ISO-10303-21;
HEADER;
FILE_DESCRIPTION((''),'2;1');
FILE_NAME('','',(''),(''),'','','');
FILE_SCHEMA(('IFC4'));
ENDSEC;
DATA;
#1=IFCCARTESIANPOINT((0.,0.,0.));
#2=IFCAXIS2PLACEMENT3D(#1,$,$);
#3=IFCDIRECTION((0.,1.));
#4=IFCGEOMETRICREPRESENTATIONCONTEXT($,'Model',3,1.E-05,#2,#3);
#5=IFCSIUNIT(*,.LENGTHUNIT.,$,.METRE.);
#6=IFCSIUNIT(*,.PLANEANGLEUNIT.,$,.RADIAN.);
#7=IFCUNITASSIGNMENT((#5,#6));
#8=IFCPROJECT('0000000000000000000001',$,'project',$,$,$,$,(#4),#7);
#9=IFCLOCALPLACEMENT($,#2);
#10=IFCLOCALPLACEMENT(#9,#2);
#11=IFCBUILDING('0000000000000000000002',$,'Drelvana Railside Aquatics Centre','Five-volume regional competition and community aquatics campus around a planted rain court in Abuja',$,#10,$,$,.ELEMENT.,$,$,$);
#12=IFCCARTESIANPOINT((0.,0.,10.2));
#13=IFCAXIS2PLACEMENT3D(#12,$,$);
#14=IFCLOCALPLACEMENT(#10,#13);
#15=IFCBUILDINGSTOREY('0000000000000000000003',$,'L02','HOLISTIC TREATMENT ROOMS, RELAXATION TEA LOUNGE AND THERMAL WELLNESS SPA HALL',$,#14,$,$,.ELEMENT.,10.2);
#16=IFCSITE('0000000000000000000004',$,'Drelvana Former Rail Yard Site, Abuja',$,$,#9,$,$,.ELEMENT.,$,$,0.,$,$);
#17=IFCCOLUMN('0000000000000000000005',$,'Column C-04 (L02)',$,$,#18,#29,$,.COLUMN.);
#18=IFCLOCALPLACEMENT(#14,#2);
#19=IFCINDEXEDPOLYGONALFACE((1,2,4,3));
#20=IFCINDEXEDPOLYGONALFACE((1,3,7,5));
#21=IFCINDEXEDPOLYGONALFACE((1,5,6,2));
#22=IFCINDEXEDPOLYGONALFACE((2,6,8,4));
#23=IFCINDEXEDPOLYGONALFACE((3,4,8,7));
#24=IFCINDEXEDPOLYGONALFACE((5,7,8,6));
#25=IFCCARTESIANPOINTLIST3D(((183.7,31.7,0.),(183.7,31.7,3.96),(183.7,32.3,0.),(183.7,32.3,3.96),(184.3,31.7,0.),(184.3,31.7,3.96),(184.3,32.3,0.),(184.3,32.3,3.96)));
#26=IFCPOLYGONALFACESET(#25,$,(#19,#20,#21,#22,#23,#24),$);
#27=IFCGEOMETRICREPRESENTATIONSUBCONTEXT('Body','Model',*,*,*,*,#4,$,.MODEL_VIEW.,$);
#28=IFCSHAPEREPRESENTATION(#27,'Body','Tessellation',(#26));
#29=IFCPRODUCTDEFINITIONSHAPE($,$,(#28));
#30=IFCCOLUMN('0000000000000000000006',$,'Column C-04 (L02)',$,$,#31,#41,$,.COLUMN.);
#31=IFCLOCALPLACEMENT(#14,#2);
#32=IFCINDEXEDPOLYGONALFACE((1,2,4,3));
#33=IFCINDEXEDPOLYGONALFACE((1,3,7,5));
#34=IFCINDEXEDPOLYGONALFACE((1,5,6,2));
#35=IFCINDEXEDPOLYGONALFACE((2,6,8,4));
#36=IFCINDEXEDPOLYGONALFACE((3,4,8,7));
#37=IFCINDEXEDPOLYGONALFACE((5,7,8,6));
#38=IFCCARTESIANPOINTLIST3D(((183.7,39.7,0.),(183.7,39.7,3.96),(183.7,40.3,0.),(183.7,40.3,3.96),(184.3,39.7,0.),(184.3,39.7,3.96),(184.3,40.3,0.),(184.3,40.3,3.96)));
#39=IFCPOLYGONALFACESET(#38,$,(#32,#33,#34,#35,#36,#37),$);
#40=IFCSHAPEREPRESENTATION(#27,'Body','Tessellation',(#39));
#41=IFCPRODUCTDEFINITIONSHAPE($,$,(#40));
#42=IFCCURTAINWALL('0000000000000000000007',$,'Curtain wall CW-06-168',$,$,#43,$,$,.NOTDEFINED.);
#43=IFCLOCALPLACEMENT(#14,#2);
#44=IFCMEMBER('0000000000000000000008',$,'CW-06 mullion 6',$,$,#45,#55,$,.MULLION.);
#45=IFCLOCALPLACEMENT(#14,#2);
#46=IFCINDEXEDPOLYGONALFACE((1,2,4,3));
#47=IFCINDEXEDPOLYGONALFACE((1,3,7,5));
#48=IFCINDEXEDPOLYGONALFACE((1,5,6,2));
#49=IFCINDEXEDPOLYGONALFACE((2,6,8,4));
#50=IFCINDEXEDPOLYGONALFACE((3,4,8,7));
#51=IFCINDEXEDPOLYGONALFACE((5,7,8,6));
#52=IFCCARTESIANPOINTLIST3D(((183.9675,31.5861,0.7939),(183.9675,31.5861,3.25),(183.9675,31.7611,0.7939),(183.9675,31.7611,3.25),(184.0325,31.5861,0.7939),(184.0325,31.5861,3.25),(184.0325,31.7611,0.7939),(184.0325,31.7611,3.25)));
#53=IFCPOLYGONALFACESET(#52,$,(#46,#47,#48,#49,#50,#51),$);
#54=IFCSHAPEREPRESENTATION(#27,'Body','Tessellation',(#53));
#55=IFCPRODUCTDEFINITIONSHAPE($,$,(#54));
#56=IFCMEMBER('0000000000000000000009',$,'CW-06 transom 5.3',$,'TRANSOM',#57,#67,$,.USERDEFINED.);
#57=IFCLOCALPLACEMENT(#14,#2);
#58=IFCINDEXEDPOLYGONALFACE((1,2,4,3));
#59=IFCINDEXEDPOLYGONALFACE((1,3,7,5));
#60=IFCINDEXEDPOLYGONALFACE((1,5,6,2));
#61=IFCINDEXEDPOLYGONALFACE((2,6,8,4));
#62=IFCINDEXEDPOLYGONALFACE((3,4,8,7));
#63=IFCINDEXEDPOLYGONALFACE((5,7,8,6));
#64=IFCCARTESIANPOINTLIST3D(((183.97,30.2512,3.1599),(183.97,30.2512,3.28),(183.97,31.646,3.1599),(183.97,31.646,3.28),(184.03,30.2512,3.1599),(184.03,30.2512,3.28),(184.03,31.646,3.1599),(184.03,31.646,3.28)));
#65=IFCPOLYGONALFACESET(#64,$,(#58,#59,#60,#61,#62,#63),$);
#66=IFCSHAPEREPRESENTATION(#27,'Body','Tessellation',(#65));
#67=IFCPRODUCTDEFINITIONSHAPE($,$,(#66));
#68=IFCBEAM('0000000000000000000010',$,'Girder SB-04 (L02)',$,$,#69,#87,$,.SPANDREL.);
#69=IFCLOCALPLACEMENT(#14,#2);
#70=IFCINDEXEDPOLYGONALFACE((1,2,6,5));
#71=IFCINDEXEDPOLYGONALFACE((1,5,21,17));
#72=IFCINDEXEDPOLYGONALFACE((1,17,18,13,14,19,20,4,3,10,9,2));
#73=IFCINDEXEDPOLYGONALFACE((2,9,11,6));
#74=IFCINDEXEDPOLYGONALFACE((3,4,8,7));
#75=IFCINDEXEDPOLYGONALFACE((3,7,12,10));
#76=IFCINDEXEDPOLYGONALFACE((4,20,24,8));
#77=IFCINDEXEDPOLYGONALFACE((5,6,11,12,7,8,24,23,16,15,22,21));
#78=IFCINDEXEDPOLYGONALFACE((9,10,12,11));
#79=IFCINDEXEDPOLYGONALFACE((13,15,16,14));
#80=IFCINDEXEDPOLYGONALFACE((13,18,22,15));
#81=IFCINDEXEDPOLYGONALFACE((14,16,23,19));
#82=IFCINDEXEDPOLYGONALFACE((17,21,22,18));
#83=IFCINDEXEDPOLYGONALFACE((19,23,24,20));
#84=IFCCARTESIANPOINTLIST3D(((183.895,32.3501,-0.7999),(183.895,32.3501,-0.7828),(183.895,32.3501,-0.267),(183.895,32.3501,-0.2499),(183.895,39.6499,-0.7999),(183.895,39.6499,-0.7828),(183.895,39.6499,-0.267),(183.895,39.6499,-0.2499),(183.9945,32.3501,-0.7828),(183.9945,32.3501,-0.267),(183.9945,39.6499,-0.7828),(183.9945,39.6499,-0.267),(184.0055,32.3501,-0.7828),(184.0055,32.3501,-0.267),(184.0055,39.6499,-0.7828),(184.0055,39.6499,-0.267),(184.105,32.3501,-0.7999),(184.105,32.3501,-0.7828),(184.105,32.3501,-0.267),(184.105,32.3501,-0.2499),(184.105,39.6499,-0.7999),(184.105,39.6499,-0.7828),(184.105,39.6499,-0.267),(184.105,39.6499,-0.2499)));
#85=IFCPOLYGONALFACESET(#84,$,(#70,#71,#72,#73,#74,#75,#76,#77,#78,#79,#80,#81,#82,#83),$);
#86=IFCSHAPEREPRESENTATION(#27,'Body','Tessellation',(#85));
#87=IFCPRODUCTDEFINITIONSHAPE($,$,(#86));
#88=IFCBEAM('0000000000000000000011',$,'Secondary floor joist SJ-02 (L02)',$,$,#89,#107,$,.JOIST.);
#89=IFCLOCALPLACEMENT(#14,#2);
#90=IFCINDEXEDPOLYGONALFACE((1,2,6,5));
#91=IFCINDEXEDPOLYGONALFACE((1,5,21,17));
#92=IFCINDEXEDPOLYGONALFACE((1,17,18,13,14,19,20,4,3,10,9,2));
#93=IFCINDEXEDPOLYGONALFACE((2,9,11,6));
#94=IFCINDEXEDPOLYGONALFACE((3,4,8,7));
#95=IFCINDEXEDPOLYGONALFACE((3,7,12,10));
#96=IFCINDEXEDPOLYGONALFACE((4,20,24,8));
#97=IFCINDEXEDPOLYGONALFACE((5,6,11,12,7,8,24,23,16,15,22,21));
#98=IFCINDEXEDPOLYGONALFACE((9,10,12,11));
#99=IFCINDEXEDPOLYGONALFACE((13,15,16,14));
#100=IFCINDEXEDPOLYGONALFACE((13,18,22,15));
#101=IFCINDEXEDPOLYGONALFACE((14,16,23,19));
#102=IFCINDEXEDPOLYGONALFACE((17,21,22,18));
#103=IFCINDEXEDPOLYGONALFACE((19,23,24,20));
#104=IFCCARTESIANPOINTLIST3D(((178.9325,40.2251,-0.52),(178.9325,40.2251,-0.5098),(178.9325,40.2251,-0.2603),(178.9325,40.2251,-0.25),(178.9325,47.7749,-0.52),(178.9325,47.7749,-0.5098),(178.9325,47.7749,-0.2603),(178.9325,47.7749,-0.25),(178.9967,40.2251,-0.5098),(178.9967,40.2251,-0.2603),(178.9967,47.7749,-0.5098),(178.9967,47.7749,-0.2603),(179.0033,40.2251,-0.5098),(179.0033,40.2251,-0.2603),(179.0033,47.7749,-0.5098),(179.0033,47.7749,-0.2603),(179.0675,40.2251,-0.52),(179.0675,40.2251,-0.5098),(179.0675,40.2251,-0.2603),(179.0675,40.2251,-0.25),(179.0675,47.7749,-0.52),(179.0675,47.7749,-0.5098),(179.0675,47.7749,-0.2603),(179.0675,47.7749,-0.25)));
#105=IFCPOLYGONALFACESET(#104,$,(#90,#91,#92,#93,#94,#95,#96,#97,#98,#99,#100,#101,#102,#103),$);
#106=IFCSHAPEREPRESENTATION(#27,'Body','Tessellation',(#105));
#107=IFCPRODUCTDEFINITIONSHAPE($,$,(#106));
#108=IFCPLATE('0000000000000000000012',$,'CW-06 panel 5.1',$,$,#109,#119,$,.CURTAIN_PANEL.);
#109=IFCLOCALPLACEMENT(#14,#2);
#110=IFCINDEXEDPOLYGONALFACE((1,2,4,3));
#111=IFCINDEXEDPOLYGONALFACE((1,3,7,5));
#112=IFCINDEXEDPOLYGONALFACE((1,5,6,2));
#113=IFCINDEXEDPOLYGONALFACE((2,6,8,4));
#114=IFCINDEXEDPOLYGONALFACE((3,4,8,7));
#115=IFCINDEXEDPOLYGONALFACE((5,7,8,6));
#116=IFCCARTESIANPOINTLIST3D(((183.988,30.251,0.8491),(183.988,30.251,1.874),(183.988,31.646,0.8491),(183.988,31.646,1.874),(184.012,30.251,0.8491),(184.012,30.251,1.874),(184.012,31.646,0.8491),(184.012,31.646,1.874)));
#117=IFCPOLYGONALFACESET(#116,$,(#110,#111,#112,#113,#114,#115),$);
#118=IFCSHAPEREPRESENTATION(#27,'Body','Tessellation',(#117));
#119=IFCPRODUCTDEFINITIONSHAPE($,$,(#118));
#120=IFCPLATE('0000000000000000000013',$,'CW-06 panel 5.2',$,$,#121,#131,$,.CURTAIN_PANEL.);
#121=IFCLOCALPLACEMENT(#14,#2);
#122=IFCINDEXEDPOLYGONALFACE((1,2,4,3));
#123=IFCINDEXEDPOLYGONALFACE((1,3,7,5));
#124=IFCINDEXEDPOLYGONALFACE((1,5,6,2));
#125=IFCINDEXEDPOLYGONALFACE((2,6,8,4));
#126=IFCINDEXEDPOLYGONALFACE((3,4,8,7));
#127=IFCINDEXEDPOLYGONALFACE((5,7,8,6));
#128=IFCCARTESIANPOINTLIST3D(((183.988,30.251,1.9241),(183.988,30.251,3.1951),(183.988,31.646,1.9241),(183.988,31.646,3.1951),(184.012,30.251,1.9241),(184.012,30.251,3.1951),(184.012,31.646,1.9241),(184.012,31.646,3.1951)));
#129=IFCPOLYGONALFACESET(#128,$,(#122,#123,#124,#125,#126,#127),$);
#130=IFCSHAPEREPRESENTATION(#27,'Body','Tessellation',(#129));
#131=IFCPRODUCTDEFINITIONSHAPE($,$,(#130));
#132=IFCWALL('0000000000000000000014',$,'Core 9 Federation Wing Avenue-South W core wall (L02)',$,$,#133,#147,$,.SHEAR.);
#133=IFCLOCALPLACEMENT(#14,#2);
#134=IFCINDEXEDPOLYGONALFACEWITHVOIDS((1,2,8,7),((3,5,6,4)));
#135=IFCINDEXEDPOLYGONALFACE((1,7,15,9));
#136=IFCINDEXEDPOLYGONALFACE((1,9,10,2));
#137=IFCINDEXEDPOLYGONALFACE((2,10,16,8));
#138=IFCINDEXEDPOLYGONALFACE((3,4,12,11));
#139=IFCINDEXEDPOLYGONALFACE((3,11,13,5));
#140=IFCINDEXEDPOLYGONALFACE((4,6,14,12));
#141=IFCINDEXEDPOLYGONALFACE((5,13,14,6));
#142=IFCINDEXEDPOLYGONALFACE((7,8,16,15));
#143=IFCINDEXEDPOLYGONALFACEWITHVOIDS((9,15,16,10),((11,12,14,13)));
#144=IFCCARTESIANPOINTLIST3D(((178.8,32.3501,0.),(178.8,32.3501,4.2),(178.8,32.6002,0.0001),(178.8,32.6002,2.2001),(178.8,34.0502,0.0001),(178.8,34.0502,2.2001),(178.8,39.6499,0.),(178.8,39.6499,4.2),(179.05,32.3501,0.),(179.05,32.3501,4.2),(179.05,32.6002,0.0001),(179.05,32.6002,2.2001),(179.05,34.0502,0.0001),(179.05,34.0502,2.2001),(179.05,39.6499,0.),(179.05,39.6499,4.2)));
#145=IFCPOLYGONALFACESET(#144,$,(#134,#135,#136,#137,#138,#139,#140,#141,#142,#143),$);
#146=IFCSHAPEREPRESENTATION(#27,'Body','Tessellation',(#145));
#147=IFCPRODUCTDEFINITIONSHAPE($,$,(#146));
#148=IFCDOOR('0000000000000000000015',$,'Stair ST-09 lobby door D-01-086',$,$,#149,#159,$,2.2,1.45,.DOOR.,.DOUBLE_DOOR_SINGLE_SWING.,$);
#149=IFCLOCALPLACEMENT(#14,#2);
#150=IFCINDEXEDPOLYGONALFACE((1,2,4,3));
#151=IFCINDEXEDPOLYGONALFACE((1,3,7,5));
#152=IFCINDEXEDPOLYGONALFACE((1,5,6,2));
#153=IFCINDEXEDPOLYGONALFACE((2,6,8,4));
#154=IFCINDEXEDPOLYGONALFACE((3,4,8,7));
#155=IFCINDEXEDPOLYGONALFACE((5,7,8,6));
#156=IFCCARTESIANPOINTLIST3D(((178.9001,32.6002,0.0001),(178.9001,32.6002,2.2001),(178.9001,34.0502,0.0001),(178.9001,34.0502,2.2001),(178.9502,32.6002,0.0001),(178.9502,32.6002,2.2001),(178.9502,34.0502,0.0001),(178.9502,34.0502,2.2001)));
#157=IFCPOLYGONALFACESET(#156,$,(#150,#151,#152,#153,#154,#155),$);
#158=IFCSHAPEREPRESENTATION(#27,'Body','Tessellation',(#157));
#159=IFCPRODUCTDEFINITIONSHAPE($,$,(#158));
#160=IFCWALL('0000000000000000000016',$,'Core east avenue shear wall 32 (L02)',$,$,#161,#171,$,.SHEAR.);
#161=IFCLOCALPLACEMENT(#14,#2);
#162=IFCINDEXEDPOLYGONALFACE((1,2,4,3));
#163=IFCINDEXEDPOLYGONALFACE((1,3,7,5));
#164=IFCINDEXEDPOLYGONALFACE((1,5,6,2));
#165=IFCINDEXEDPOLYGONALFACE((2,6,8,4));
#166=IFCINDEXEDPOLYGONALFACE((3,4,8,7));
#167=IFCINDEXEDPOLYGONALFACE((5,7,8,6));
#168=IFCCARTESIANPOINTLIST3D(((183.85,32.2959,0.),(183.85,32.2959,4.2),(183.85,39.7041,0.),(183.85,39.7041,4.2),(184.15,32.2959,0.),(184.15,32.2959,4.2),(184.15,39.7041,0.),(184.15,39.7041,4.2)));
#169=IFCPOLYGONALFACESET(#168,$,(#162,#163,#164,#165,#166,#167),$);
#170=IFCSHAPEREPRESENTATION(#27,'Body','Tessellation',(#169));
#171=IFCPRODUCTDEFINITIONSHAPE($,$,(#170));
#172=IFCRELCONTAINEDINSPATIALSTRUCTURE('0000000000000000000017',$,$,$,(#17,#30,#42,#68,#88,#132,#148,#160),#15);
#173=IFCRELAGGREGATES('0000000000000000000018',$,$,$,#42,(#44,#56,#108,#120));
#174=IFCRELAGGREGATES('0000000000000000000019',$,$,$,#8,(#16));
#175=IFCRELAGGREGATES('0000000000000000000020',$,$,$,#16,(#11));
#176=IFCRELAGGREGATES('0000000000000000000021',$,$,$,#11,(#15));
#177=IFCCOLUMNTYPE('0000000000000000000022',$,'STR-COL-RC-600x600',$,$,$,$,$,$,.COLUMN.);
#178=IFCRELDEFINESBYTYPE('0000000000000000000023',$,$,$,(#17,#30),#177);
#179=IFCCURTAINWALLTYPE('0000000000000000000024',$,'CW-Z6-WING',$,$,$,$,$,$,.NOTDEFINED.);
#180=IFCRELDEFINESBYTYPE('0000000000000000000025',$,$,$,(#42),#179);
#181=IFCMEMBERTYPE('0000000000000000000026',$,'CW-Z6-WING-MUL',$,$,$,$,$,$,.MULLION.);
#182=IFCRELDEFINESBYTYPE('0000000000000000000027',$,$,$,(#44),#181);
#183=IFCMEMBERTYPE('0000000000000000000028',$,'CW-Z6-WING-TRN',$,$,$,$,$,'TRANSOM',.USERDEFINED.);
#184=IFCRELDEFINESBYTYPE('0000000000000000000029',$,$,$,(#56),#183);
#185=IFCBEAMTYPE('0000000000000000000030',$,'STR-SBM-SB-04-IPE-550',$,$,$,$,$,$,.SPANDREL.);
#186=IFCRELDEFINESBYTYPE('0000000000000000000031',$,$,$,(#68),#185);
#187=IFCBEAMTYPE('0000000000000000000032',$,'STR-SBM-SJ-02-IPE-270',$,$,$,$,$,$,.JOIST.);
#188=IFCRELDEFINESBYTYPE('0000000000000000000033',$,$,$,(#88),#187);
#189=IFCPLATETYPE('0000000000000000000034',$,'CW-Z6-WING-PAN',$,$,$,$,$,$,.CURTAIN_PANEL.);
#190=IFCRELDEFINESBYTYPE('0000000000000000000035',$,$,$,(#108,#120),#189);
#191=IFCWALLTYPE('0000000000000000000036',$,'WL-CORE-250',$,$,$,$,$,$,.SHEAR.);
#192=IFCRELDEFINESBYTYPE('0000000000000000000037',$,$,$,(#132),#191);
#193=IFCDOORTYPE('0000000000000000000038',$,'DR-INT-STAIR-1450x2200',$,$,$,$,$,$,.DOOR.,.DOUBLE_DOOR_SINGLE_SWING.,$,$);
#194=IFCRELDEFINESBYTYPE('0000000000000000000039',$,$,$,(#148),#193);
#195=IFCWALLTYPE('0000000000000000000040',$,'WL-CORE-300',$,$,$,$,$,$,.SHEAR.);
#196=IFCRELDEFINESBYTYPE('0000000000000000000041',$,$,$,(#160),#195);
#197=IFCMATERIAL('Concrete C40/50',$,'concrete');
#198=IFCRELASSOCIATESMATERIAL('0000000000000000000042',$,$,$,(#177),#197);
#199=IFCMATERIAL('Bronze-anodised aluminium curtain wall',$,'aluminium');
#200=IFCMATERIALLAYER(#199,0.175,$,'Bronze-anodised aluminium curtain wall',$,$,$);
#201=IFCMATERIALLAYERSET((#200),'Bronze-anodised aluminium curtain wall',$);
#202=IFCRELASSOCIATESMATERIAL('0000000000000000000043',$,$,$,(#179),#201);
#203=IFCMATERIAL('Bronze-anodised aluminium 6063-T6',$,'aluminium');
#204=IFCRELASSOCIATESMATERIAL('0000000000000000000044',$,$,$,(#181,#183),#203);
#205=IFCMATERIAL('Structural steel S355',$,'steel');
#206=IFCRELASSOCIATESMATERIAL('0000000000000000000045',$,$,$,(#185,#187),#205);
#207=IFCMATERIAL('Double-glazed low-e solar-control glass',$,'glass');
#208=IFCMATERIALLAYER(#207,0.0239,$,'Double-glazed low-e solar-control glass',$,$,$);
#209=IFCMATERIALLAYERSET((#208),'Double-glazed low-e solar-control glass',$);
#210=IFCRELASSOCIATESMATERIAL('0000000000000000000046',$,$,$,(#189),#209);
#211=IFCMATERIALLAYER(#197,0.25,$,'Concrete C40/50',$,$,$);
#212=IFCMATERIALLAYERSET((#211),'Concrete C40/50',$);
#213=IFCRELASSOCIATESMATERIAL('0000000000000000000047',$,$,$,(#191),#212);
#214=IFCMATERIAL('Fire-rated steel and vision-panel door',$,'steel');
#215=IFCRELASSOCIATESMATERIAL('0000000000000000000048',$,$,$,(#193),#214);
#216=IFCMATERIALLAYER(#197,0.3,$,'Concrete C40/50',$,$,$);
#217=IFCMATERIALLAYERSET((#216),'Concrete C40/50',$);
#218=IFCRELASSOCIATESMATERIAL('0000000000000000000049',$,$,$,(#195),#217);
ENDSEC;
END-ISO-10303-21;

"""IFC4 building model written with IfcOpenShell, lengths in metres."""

from ifc_helpers import new_model, si_unit, direction, frame, frame_2d, origin, origin_2d, place, context, subcontext, project, spatial, rectangle, i_section, extrude, material, layer, layer_set, material_profile, profile_set, type_object, element, fill, aggregate, save


model = new_model("IFC4")

# Units and contexts
model_context = context("Model", 3, precision=1e-05, world=origin(), true_north=direction((0.0, 1.0)))
body_context = subcontext(model_context, "Body", "Model", "MODEL_VIEW")
ifc_project = project(units=[si_unit("LENGTHUNIT", "METRE"), si_unit("PLANEANGLEUNIT", "RADIAN")], contexts=[model_context])

# Site, building, storey
site_placement = place(None, origin())
site = spatial("IfcSite", under=ifc_project, at=site_placement, Name="Drelvana Former Rail Yard Site, Abuja", CompositionType="ELEMENT", RefElevation=0.0)
building_placement = place(site_placement, origin())
building = spatial("IfcBuilding", under=site, at=building_placement, Name="Drelvana Railside Aquatics Centre", Description="Five-volume regional competition and community aquatics campus around a planted rain court in Abuja", CompositionType="ELEMENT")
storey_placement = place(building_placement, frame((0.0, 0.0, 10.2)))
storey = spatial("IfcBuildingStorey", under=building, at=storey_placement, Name="L02", Description="HOLISTIC TREATMENT ROOMS, RELAXATION TEA LOUNGE AND THERMAL WELLNESS SPA HALL", CompositionType="ELEMENT", Elevation=10.2)

# Columns
ifc_material_1 = material(Name="Concrete C40/50", Category="concrete")
ifc_material_profile_1 = material_profile(ifc_material_1, rectangle(XDim=0.6001, YDim=0.6001, at=origin_2d()), Name="RC 600x600")
ifc_profile_set_1 = profile_set([ifc_material_profile_1], Name="Concrete C40/50")
column_type = type_object("IfcColumnType", Name="STR-COL-RC-600x600", PredefinedType="COLUMN", material=ifc_profile_set_1)
for number, where, z_axis, x_axis, name in (
    (1, (184.0, 32.0, 0.0), (0.0, 0.0, 1.0), (1.0, 0.0, 0.0), "Column C-04 (L02)"),
    (2, (184.0, 40.0, 0.0), (0.0, 0.0, 1.0), (1.0, 0.0, 0.0), "Column C-04 (L02)"),
):
    element("IfcColumn", number, at=place(storey_placement, frame(where, z_axis=z_axis, x_axis=x_axis)), inside=storey, type_object=column_type, Name=name, PredefinedType="COLUMN", context=body_context, shape_type="SweptSolid", body=[
        extrude(rectangle(XDim=0.6001, YDim=0.6001, at=origin_2d()), origin(), (0.0, 0.0, 1.0), 3.96),
    ])

# Curtain wall, members
ifc_material_2 = material(Name="Bronze-anodised aluminium curtain wall", Category="aluminium")
ifc_layer_1 = layer(ifc_material_2, 0.175, Name="Bronze-anodised aluminium curtain wall")
ifc_layer_set_1 = layer_set([ifc_layer_1], Name="Bronze-anodised aluminium curtain wall")
curtain_wall_type = type_object("IfcCurtainWallType", Name="CW-Z6-WING", PredefinedType="NOTDEFINED", material=ifc_layer_set_1)
curtain_wall_placement = place(storey_placement, origin())
curtain_wall = element("IfcCurtainWall", 3, at=curtain_wall_placement, inside=storey, type_object=curtain_wall_type, Name="Curtain wall CW-06-168", PredefinedType="NOTDEFINED")
ifc_material_3 = material(Name="Bronze-anodised aluminium 6063-T6", Category="aluminium")
ifc_material_profile_2 = material_profile(ifc_material_3, rectangle(XDim=0.0649, YDim=0.175, at=origin_2d()), Name="ALU-M 65x175")
ifc_profile_set_2 = profile_set([ifc_material_profile_2], Name="Bronze-anodised aluminium 6063-T6")
member_type_1 = type_object("IfcMemberType", Name="CW-Z6-WING-MUL", PredefinedType="MULLION", material=ifc_profile_set_2)
member_1_placement = place(storey_placement, frame((184.0, 31.6736, 0.7939), z_axis=(0.0, 0.0, 1.0), x_axis=(-1.0, 0.0, 0.0)))
member_1 = element("IfcMember", 4, at=member_1_placement, type_object=member_type_1, Name="CW-06 mullion 6", PredefinedType="MULLION", context=body_context, shape_type="SweptSolid", body=[
    extrude(rectangle(XDim=0.0649, YDim=0.175, at=origin_2d()), origin(), (0.0, 0.0, 1.0), 2.4561),
])
ifc_material_profile_3 = material_profile(ifc_material_3, rectangle(XDim=0.1201, YDim=0.0601, at=origin_2d()), Name="ALU-T 60x120")
ifc_profile_set_3 = profile_set([ifc_material_profile_3], Name="Bronze-anodised aluminium 6063-T6")
member_type_2 = type_object("IfcMemberType", Name="CW-Z6-WING-TRN", ElementType="TRANSOM", PredefinedType="USERDEFINED", material=ifc_profile_set_3)
member_2_placement = place(storey_placement, frame((184.0, 30.2512, 3.22), z_axis=(0.0, 1.0, 0.0), x_axis=(0.0, 0.0, 1.0)))
member_2 = element("IfcMember", 5, at=member_2_placement, type_object=member_type_2, Name="CW-06 transom 5.3", ObjectType="TRANSOM", PredefinedType="USERDEFINED", context=body_context, shape_type="SweptSolid", body=[
    extrude(rectangle(XDim=0.1201, YDim=0.0601, at=origin_2d()), origin(), (0.0, 0.0, 1.0), 1.3948),
])

# Beams
ifc_material_4 = material(Name="Structural steel S355", Category="steel")
ifc_material_profile_4 = material_profile(ifc_material_4, i_section(OverallWidth=0.21, OverallDepth=0.55, WebThickness=0.011, FlangeThickness=0.0171, at=origin_2d()), Name="IPE 550")
ifc_profile_set_4 = profile_set([ifc_material_profile_4], Name="Structural steel S355")
beam_type_1 = type_object("IfcBeamType", Name="STR-SBM-SB-04-IPE-550", PredefinedType="SPANDREL", material=ifc_profile_set_4)
beam_1_placement = place(storey_placement, frame((184.0, 32.3501, -0.5249), z_axis=(0.0, 1.0, 0.0), x_axis=(-1.0, 0.0, 0.0)))
element("IfcBeam", 6, at=beam_1_placement, inside=storey, type_object=beam_type_1, Name="Girder SB-04 (L02)", PredefinedType="SPANDREL", context=body_context, shape_type="SweptSolid", body=[
    extrude(i_section(OverallWidth=0.21, OverallDepth=0.55, WebThickness=0.011, FlangeThickness=0.0171, at=origin_2d()), origin(), (0.0, 0.0, 1.0), 7.2998),
])
ifc_material_profile_5 = material_profile(ifc_material_4, i_section(OverallWidth=0.135, OverallDepth=0.27, WebThickness=0.0066, FlangeThickness=0.0103, at=origin_2d()), Name="IPE 270")
ifc_profile_set_5 = profile_set([ifc_material_profile_5], Name="Structural steel S355")
beam_type_2 = type_object("IfcBeamType", Name="STR-SBM-SJ-02-IPE-270", PredefinedType="JOIST", material=ifc_profile_set_5)
beam_2_placement = place(storey_placement, frame((179.0, 40.2251, -0.385), z_axis=(0.0, 1.0, 0.0), x_axis=(-1.0, 0.0, 0.0)))
element("IfcBeam", 7, at=beam_2_placement, inside=storey, type_object=beam_type_2, Name="Secondary floor joist SJ-02 (L02)", PredefinedType="JOIST", context=body_context, shape_type="SweptSolid", body=[
    extrude(i_section(OverallWidth=0.135, OverallDepth=0.27, WebThickness=0.0066, FlangeThickness=0.0103, at=origin_2d()), origin(), (0.0, 0.0, 1.0), 7.5498),
])

# Plates
ifc_material_5 = material(Name="Double-glazed low-e solar-control glass", Category="glass")
ifc_layer_2 = layer(ifc_material_5, 0.0239, Name="Double-glazed low-e solar-control glass")
ifc_layer_set_2 = layer_set([ifc_layer_2], Name="Double-glazed low-e solar-control glass")
plate_type = type_object("IfcPlateType", Name="CW-Z6-WING-PAN", PredefinedType="CURTAIN_PANEL", material=ifc_layer_set_2)
plate_1_placement = place(storey_placement, frame((184.0, 30.9485, 0.8491), z_axis=(0.0, 0.0, 1.0), x_axis=(0.0, 1.0, 0.0)))
plate_1 = element("IfcPlate", 8, at=plate_1_placement, type_object=plate_type, Name="CW-06 panel 5.1", PredefinedType="CURTAIN_PANEL", context=body_context, shape_type="SweptSolid", body=[
    extrude(rectangle(XDim=1.395, YDim=0.0239, at=origin_2d()), origin(), (0.0, 0.0, 1.0), 1.0249),
])
plate_2_placement = place(storey_placement, frame((184.0, 30.9485, 1.9241), z_axis=(0.0, 0.0, 1.0), x_axis=(0.0, 1.0, 0.0)))
plate_2 = element("IfcPlate", 9, at=plate_2_placement, type_object=plate_type, Name="CW-06 panel 5.2", PredefinedType="CURTAIN_PANEL", context=body_context, shape_type="SweptSolid", body=[
    extrude(rectangle(XDim=1.395, YDim=0.0239, at=origin_2d()), origin(), (0.0, 0.0, 1.0), 1.271),
])
aggregate(curtain_wall, [member_1, member_2, plate_1, plate_2])

# Wall, opening, door
ifc_layer_3 = layer(ifc_material_1, 0.25, Name="Concrete C40/50")
ifc_layer_set_3 = layer_set([ifc_layer_3], Name="Concrete C40/50")
wall_type_1 = type_object("IfcWallType", Name="WL-CORE-250", PredefinedType="SHEAR", material=ifc_layer_set_3)
wall_1_placement = place(storey_placement, frame((178.925, 32.3501, 0.0), z_axis=(0.0, 0.0, 1.0), x_axis=(0.0, 1.0, 0.0)))
wall_1 = element("IfcWall", 10, at=wall_1_placement, inside=storey, type_object=wall_type_1, Name="Core 9 Federation Wing Avenue-South W core wall (L02)", PredefinedType="SHEAR", context=body_context, shape_type="SweptSolid", body=[
    extrude(rectangle(XDim=7.2998, YDim=0.25, at=frame_2d((3.6499, 0.0))), origin(), (0.0, 0.0, 1.0), 4.2),
])
opening_placement = place(wall_1_placement, frame((0.25, 0.0, 0.0)))
opening = element("IfcOpeningElement", 11, at=opening_placement, cuts=wall_1, PredefinedType="OPENING", context=body_context, shape_type="SweptSolid", body=[
    extrude(rectangle(XDim=1.45, YDim=2.2, at=frame_2d((0.7251, 1.1001))), frame((0.0, 0.135, 0.0), z_axis=(0.0, -1.0, 0.0), x_axis=(1.0, 0.0, 0.0)), (0.0, 0.0, 1.0), 0.27),
])
ifc_material_6 = material(Name="Fire-rated steel and vision-panel door", Category="steel")
door_type = type_object("IfcDoorType", Name="DR-INT-STAIR-1450x2200", OperationType="DOUBLE_DOOR_SINGLE_SWING", PredefinedType="DOOR", material=ifc_material_6)
door_placement = place(opening_placement, origin())
door = element("IfcDoor", 12, at=door_placement, inside=storey, type_object=door_type, Name="Stair ST-09 lobby door D-01-086", OperationType="DOUBLE_DOOR_SINGLE_SWING", OverallHeight=2.2, OverallWidth=1.45, PredefinedType="DOOR", context=body_context, shape_type="SweptSolid", body=[
    extrude(rectangle(XDim=1.45, YDim=2.2, at=frame_2d((0.7251, 1.1001))), frame((0.0, 0.0249, 0.0), z_axis=(0.0, -1.0, 0.0), x_axis=(1.0, 0.0, 0.0)), (0.0, 0.0, 1.0), 0.05),
])
fill(opening, door)

# Wall
ifc_layer_4 = layer(ifc_material_1, 0.3, Name="Concrete C40/50")
ifc_layer_set_4 = layer_set([ifc_layer_4], Name="Concrete C40/50")
wall_type_2 = type_object("IfcWallType", Name="WL-CORE-300", PredefinedType="SHEAR", material=ifc_layer_set_4)
wall_2_placement = place(storey_placement, frame((184.0, 32.2959, 0.0), z_axis=(0.0, 0.0, 1.0), x_axis=(0.0, 1.0, 0.0)))
element("IfcWall", 13, at=wall_2_placement, inside=storey, type_object=wall_type_2, Name="Core east avenue shear wall 32 (L02)", PredefinedType="SHEAR", context=body_context, shape_type="SweptSolid", body=[
    extrude(rectangle(XDim=7.4082, YDim=0.3, at=frame_2d((3.7041, 0.0))), origin(), (0.0, 0.0, 1.0), 4.2),
])

save(model, "model.ifc")
